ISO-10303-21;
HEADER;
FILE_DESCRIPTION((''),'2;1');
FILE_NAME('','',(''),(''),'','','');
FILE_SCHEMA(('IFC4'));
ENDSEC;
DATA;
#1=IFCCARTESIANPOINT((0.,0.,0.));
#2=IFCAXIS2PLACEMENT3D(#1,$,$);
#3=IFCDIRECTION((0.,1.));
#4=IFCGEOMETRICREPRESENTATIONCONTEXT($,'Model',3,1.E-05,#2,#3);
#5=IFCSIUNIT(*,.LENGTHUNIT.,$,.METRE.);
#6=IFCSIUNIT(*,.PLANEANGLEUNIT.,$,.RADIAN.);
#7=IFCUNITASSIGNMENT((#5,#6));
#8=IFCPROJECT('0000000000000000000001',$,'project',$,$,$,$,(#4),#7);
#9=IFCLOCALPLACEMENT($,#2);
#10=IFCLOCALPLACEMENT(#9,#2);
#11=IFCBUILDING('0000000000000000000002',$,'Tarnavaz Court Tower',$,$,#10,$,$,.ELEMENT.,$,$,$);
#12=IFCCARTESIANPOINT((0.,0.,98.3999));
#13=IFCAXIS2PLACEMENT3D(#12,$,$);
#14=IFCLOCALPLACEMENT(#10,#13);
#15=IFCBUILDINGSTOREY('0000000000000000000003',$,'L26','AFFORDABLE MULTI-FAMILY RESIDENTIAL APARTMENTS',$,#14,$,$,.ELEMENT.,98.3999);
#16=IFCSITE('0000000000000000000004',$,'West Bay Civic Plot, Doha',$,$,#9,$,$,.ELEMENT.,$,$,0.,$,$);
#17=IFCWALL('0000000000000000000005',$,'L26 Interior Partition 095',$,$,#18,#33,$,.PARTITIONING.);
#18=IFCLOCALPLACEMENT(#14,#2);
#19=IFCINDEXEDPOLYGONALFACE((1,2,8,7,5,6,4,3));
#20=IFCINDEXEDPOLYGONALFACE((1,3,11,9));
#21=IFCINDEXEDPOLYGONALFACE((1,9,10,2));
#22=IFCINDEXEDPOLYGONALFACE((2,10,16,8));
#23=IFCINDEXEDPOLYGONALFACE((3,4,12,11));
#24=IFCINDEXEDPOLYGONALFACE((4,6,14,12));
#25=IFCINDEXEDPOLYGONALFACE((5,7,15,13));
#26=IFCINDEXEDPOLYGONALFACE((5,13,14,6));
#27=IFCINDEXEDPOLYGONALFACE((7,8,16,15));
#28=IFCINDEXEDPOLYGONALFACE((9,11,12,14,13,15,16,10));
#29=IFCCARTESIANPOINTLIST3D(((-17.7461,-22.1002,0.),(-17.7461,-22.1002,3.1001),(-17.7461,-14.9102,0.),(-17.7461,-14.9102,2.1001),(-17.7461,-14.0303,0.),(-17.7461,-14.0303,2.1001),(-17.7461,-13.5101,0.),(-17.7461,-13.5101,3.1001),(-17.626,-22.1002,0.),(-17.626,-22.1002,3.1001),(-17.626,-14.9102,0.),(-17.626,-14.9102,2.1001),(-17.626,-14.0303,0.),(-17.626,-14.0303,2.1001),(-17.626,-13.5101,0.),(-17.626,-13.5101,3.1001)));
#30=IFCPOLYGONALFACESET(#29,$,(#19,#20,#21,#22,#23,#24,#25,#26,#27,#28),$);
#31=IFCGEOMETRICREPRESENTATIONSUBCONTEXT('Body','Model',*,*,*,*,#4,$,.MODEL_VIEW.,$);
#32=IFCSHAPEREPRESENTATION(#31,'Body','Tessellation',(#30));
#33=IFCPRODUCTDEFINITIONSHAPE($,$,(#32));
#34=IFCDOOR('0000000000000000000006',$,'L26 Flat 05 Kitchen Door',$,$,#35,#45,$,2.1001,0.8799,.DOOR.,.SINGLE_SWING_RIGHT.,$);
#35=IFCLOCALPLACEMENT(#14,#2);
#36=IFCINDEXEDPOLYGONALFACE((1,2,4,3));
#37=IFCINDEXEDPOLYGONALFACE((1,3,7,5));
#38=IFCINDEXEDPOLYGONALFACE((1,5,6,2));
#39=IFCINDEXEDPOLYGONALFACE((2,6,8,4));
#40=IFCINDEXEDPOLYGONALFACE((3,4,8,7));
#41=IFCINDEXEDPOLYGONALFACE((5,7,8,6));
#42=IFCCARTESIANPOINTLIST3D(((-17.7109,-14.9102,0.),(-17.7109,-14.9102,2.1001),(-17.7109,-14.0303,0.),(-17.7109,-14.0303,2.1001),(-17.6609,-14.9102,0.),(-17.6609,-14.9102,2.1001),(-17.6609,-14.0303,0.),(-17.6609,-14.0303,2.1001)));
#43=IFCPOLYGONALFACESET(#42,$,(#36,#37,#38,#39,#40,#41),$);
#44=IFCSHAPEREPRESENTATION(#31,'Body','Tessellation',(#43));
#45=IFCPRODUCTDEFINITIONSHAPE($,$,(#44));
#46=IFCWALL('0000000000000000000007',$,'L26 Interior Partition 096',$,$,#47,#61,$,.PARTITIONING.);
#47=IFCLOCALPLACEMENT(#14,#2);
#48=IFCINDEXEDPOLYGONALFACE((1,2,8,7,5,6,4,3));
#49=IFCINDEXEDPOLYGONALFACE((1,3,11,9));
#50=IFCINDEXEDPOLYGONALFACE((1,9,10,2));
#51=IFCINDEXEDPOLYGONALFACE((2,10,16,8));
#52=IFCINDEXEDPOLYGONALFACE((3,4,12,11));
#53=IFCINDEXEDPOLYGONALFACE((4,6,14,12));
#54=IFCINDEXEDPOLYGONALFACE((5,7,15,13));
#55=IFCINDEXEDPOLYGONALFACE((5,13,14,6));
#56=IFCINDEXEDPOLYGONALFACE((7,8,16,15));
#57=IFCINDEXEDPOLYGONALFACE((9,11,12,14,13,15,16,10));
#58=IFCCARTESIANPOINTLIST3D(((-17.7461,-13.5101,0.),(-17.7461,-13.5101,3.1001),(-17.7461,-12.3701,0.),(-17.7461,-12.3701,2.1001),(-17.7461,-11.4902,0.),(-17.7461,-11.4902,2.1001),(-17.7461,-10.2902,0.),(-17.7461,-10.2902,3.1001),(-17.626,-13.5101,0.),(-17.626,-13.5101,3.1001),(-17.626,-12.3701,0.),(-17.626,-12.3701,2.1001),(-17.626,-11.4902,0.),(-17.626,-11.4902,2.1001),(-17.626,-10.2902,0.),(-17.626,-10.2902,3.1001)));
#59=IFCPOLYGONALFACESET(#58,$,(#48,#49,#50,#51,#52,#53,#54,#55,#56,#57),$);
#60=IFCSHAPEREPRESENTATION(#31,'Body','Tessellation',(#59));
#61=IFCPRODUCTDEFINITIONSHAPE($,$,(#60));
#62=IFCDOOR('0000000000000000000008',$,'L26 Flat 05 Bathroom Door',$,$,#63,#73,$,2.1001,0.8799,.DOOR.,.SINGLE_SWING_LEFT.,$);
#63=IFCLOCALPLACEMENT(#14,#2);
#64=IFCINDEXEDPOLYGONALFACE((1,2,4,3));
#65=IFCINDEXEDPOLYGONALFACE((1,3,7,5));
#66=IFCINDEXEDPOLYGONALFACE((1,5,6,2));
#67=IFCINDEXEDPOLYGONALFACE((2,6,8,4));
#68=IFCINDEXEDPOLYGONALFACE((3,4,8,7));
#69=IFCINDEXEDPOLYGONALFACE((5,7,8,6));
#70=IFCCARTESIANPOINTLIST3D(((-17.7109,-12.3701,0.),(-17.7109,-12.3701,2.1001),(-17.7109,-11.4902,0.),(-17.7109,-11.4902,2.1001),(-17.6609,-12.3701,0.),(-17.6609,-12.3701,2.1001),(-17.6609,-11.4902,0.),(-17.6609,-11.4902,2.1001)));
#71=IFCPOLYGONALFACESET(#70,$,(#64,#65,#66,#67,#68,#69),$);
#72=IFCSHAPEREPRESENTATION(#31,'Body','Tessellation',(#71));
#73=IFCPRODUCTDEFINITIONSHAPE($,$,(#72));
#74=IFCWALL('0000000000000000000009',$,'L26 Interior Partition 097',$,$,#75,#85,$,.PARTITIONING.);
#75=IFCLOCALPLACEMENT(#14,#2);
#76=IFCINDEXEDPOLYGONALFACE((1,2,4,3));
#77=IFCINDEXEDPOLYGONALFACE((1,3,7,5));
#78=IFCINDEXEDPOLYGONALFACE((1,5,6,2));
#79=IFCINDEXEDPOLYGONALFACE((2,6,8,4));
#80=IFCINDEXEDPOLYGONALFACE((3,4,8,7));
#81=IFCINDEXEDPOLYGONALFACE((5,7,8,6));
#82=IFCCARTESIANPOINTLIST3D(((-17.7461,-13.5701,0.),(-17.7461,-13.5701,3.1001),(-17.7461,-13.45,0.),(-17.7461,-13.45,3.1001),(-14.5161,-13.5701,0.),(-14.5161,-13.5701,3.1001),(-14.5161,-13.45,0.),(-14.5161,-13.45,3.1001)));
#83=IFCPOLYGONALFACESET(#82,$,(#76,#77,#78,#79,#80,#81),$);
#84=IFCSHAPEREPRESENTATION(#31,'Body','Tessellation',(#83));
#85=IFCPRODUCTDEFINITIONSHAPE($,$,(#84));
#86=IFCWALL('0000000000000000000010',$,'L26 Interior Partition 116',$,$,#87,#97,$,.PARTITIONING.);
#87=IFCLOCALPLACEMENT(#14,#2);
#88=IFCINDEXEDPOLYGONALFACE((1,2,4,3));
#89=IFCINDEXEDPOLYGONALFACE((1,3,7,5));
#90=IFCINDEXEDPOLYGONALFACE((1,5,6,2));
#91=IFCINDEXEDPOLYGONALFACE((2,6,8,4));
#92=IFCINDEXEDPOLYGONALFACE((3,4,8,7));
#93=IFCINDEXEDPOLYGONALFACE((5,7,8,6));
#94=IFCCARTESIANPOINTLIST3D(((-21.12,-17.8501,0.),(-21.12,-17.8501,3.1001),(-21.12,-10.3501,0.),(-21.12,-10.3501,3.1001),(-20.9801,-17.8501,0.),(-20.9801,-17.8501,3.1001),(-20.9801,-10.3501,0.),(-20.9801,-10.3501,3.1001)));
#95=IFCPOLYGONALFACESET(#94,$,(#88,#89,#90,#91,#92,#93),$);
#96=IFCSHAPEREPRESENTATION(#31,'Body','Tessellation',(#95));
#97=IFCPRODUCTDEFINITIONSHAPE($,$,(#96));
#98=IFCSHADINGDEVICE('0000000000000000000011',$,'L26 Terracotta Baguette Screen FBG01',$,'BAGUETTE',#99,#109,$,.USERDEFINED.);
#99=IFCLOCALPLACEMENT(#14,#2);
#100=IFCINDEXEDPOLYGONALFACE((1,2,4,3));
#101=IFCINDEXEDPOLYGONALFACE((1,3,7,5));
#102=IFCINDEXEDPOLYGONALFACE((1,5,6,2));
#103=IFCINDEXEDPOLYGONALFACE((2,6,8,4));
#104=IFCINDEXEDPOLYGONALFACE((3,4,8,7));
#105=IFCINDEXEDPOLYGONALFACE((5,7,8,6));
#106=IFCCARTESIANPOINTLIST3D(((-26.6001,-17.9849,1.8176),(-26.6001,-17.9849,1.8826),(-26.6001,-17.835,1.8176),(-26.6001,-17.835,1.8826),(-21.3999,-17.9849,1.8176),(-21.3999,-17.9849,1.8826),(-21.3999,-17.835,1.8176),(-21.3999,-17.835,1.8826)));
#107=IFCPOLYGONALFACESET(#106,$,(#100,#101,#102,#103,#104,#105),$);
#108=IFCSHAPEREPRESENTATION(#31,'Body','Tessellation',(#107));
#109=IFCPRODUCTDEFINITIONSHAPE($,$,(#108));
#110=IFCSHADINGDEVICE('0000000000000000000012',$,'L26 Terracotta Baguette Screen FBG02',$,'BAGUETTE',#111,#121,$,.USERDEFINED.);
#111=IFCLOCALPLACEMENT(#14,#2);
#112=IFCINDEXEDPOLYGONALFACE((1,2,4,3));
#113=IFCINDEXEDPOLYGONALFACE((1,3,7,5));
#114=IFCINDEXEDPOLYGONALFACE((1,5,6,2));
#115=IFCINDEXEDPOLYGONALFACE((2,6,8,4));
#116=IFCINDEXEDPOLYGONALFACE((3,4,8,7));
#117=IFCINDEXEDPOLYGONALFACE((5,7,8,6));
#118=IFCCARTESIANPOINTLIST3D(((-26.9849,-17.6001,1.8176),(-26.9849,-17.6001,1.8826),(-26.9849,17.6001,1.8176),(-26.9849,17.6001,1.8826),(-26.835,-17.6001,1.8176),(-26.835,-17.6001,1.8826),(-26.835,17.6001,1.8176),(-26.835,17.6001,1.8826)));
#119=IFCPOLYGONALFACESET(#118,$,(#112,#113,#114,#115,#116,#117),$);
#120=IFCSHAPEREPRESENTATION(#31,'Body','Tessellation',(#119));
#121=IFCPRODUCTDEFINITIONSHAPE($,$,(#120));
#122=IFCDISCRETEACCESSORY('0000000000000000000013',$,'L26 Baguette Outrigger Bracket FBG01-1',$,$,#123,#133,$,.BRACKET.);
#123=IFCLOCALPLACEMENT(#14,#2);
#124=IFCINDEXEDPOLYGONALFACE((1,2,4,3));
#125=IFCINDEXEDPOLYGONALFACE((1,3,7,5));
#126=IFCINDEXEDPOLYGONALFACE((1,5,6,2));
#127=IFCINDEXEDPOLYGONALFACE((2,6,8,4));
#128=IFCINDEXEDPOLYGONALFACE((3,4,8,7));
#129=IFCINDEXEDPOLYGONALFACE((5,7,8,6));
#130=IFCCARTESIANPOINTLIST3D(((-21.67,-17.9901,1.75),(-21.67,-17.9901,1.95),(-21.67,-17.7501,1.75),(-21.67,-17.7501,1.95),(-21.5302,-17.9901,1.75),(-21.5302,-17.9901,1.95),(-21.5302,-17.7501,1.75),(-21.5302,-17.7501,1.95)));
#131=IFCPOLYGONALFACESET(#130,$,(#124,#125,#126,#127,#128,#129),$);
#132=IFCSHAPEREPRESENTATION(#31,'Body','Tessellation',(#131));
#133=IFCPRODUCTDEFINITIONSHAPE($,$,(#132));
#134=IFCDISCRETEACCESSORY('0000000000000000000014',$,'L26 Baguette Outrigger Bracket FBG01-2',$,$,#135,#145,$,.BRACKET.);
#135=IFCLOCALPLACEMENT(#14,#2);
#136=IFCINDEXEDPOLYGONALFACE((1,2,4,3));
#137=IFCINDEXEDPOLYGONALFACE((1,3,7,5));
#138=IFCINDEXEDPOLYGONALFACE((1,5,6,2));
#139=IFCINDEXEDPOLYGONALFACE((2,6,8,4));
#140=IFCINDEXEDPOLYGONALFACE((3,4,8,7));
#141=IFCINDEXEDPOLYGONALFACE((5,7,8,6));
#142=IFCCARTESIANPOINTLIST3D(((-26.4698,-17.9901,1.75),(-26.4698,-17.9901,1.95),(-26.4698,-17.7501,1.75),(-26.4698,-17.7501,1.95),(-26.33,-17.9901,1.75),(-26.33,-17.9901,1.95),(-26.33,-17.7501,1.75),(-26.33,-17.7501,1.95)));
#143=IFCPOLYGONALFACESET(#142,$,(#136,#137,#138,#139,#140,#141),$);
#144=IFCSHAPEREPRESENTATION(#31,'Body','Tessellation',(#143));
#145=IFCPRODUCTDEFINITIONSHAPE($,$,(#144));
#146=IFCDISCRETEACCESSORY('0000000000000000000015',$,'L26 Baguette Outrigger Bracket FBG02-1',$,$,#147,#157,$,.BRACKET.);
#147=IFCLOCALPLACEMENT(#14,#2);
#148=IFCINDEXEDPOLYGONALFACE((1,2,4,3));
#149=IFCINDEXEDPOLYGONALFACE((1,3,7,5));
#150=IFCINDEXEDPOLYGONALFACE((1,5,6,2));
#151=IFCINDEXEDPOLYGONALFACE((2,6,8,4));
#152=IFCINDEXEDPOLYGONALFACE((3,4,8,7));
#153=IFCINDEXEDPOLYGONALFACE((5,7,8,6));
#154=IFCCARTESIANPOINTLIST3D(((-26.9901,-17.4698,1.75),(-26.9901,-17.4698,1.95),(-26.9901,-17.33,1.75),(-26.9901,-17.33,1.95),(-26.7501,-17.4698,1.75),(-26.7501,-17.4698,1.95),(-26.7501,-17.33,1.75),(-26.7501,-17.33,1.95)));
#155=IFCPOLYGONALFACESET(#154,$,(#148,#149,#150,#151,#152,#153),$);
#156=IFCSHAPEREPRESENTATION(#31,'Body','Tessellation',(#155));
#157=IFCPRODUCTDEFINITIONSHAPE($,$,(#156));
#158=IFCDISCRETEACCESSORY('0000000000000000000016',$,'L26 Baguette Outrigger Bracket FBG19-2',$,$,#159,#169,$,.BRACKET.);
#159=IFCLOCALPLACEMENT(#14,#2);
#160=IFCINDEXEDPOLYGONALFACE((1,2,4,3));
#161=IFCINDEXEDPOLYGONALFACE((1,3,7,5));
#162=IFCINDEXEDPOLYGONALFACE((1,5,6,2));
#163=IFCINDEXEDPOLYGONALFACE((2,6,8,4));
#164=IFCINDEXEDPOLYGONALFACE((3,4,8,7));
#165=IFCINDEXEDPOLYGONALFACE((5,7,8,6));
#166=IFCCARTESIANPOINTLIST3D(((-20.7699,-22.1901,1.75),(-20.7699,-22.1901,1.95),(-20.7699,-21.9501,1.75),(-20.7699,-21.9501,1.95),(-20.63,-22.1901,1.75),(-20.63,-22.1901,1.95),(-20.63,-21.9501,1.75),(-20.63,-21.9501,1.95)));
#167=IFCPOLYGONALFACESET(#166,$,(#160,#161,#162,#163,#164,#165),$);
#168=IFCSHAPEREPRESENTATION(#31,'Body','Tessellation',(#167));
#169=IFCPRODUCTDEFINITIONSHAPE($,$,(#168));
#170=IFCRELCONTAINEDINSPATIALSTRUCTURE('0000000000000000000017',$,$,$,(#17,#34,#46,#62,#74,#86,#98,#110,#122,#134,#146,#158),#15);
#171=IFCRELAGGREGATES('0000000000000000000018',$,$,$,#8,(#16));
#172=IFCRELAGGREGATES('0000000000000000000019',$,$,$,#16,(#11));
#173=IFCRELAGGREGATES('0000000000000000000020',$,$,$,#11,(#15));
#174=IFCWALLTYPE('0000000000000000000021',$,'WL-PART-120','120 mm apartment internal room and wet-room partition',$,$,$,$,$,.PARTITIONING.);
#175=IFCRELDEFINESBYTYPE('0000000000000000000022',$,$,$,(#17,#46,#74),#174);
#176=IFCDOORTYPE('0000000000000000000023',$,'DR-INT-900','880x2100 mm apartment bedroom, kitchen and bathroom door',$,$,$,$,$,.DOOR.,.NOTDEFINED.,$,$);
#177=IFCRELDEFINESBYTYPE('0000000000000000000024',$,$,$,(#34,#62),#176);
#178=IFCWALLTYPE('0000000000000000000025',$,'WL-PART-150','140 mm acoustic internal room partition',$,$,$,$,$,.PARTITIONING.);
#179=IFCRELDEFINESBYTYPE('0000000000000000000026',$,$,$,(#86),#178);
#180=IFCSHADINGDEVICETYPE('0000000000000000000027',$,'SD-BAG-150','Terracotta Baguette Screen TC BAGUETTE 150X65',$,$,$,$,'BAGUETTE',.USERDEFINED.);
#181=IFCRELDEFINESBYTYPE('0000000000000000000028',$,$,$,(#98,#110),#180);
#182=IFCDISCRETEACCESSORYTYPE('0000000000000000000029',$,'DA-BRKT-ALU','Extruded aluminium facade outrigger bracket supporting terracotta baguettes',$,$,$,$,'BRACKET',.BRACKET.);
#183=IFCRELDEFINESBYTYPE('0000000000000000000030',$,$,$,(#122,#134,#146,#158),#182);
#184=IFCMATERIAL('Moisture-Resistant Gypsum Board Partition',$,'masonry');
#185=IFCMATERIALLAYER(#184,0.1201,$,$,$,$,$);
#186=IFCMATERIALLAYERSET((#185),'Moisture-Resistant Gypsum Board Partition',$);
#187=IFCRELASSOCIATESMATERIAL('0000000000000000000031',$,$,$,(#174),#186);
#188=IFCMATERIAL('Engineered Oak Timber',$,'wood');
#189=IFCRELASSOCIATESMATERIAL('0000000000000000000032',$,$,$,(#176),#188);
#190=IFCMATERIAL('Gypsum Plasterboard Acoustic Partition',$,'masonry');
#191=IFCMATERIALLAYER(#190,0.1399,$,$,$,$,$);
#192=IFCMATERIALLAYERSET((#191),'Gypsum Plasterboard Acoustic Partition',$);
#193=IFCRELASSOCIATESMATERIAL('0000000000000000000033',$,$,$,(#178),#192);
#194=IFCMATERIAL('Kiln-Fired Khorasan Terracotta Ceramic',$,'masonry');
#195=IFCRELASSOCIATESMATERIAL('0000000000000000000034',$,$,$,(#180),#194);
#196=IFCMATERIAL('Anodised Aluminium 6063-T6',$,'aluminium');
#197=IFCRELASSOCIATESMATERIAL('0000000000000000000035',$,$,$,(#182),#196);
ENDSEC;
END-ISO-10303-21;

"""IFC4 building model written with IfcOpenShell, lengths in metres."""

from ifc_helpers import new_model, si_unit, direction, frame, frame_2d, origin, origin_2d, place, context, subcontext, project, spatial, rectangle, extrude, material, layer, layer_set, material_profile, profile_set, type_object, element, fill, save


model = new_model("IFC4")

# Units and contexts
model_context = context("Model", 3, precision=1e-05, world=origin(), true_north=direction((0.0, 1.0)))
body_context = subcontext(model_context, "Body", "Model", "MODEL_VIEW")
ifc_project = project(units=[si_unit("LENGTHUNIT", "METRE"), si_unit("PLANEANGLEUNIT", "RADIAN")], contexts=[model_context])

# Site, building, storey
site_placement = place(None, origin())
site = spatial("IfcSite", under=ifc_project, at=site_placement, Name="West Bay Civic Plot, Doha", CompositionType="ELEMENT", RefElevation=0.0)
building_placement = place(site_placement, origin())
building = spatial("IfcBuilding", under=site, at=building_placement, Name="Tarnavaz Court Tower", CompositionType="ELEMENT")
storey_placement = place(building_placement, frame((0.0, 0.0, 98.3999)))
storey = spatial("IfcBuildingStorey", under=building, at=storey_placement, Name="L26", Description="AFFORDABLE MULTI-FAMILY RESIDENTIAL APARTMENTS", CompositionType="ELEMENT", Elevation=98.3999)

# Walls, openings, doors
ifc_material_1 = material(Name="Moisture-Resistant Gypsum Board Partition", Category="masonry")
ifc_layer_1 = layer(ifc_material_1, 0.1201)
ifc_layer_set_1 = layer_set([ifc_layer_1], Name="Moisture-Resistant Gypsum Board Partition")
wall_type_1 = type_object("IfcWallType", Name="WL-PART-120", Description="120 mm apartment internal room and wet-room partition", PredefinedType="PARTITIONING", material=ifc_layer_set_1)
wall_1_placement = place(storey_placement, frame((-17.686, -22.1001, 0.0), z_axis=(0.0, 0.0, 1.0), x_axis=(0.0, 1.0, 0.0)))
wall_1 = element("IfcWall", 1, at=wall_1_placement, inside=storey, type_object=wall_type_1, Name="L26 Interior Partition 095", PredefinedType="PARTITIONING", context=body_context, shape_type="SweptSolid", body=[
    extrude(rectangle(XDim=8.5901, YDim=0.1201, at=frame_2d((4.2949, 0.0))), origin(), (0.0, 0.0, 1.0), 3.1001),
])
opening_1_placement = place(wall_1_placement, frame((7.1899, 0.0, 0.0)))
opening_1 = element("IfcOpeningElement", 2, at=opening_1_placement, cuts=wall_1, PredefinedType="OPENING", context=body_context, shape_type="SweptSolid", body=[
    extrude(rectangle(XDim=0.8799, YDim=2.1001, at=frame_2d((0.4399, 1.05))), frame((0.0, 0.0701, 0.0), z_axis=(0.0, -1.0, 0.0), x_axis=(1.0, 0.0, 0.0)), (0.0, 0.0, 1.0), 0.1401),
])
ifc_material_2 = material(Name="Engineered Oak Timber", Category="wood")
door_type = type_object("IfcDoorType", Name="DR-INT-900", Description="880x2100 mm apartment bedroom, kitchen and bathroom door", OperationType="NOTDEFINED", PredefinedType="DOOR", material=ifc_material_2)
door_1_placement = place(opening_1_placement, origin())
door_1 = element("IfcDoor", 3, at=door_1_placement, inside=storey, type_object=door_type, Name="L26 Flat 05 Kitchen Door", OperationType="SINGLE_SWING_RIGHT", OverallHeight=2.1001, OverallWidth=0.8799, PredefinedType="DOOR", context=body_context, shape_type="SweptSolid", body=[
    extrude(rectangle(XDim=0.8799, YDim=2.1001, at=frame_2d((0.4399, 1.05))), frame((0.0, 0.0249, 0.0), z_axis=(0.0, -1.0, 0.0), x_axis=(1.0, 0.0, 0.0)), (0.0, 0.0, 1.0), 0.05),
])
fill(opening_1, door_1)
wall_2_placement = place(storey_placement, frame((-17.686, -13.51, 0.0), z_axis=(0.0, 0.0, 1.0), x_axis=(0.0, 1.0, 0.0)))
wall_2 = element("IfcWall", 4, at=wall_2_placement, inside=storey, type_object=wall_type_1, Name="L26 Interior Partition 096", PredefinedType="PARTITIONING", context=body_context, shape_type="SweptSolid", body=[
    extrude(rectangle(XDim=3.22, YDim=0.1201, at=frame_2d((1.6099, 0.0))), origin(), (0.0, 0.0, 1.0), 3.1001),
])
opening_2_placement = place(wall_2_placement, frame((1.1399, 0.0, 0.0)))
opening_2 = element("IfcOpeningElement", 5, at=opening_2_placement, cuts=wall_2, PredefinedType="OPENING", context=body_context, shape_type="SweptSolid", body=[
    extrude(rectangle(XDim=0.8799, YDim=2.1001, at=frame_2d((0.4399, 1.05))), frame((0.0, 0.0701, 0.0), z_axis=(0.0, -1.0, 0.0), x_axis=(1.0, 0.0, 0.0)), (0.0, 0.0, 1.0), 0.1401),
])
door_2_placement = place(opening_2_placement, origin())
door_2 = element("IfcDoor", 6, at=door_2_placement, inside=storey, type_object=door_type, Name="L26 Flat 05 Bathroom Door", OperationType="SINGLE_SWING_LEFT", OverallHeight=2.1001, OverallWidth=0.8799, PredefinedType="DOOR", context=body_context, shape_type="SweptSolid", body=[
    extrude(rectangle(XDim=0.8799, YDim=2.1001, at=frame_2d((0.4399, 1.05))), frame((0.0, 0.0249, 0.0), z_axis=(0.0, -1.0, 0.0), x_axis=(1.0, 0.0, 0.0)), (0.0, 0.0, 1.0), 0.05),
])
fill(opening_2, door_2)

# Walls
wall_3_placement = place(storey_placement, frame((-17.7461, -13.51, 0.0), z_axis=(0.0, 0.0, 1.0), x_axis=(1.0, 0.0, 0.0)))
element("IfcWall", 7, at=wall_3_placement, inside=storey, type_object=wall_type_1, Name="L26 Interior Partition 097", PredefinedType="PARTITIONING", context=body_context, shape_type="SweptSolid", body=[
    extrude(rectangle(XDim=3.23, YDim=0.1201, at=frame_2d((1.615, 0.0))), origin(), (0.0, 0.0, 1.0), 3.1001),
])
ifc_material_3 = material(Name="Gypsum Plasterboard Acoustic Partition", Category="masonry")
ifc_layer_2 = layer(ifc_material_3, 0.1399)
ifc_layer_set_2 = layer_set([ifc_layer_2], Name="Gypsum Plasterboard Acoustic Partition")
wall_type_2 = type_object("IfcWallType", Name="WL-PART-150", Description="140 mm acoustic internal room partition", PredefinedType="PARTITIONING", material=ifc_layer_set_2)
wall_4_placement = place(storey_placement, frame((-21.05, -17.8501, 0.0), z_axis=(0.0, 0.0, 1.0), x_axis=(0.0, 1.0, 0.0)))
element("IfcWall", 8, at=wall_4_placement, inside=storey, type_object=wall_type_2, Name="L26 Interior Partition 116", PredefinedType="PARTITIONING", context=body_context, shape_type="SweptSolid", body=[
    extrude(rectangle(XDim=7.5, YDim=0.1399, at=frame_2d((3.75, 0.0))), origin(), (0.0, 0.0, 1.0), 3.1001),
])

# Shading devices
ifc_material_4 = material(Name="Kiln-Fired Khorasan Terracotta Ceramic", Category="masonry")
ifc_material_profile_1 = material_profile(ifc_material_4, rectangle(XDim=0.1499, YDim=0.0649, at=origin_2d()), Name="TC BAGUETTE 150X65")
ifc_profile_set_1 = profile_set([ifc_material_profile_1], Name="Kiln-Fired Khorasan Terracotta Ceramic")
shading_device_type = type_object("IfcShadingDeviceType", Name="SD-BAG-150", Description="Terracotta Baguette Screen TC BAGUETTE 150X65", ElementType="BAGUETTE", PredefinedType="USERDEFINED", material=ifc_profile_set_1)
shading_device_1_placement = place(storey_placement, frame((-21.3999, -17.9099, 1.8501), z_axis=(-1.0, 0.0, 0.0), x_axis=(0.0, -1.0, 0.0)))
element("IfcShadingDevice", 9, at=shading_device_1_placement, inside=storey, type_object=shading_device_type, Name="L26 Terracotta Baguette Screen FBG01", ObjectType="BAGUETTE", PredefinedType="USERDEFINED", context=body_context, shape_type="SweptSolid", body=[
    extrude(rectangle(XDim=0.1499, YDim=0.0649, at=origin_2d()), origin(), (0.0, 0.0, 1.0), 5.2002),
])
shading_device_2_placement = place(storey_placement, frame((-26.9099, -17.6001, 1.8501), z_axis=(0.0, 1.0, 0.0), x_axis=(-1.0, 0.0, 0.0)))
element("IfcShadingDevice", 10, at=shading_device_2_placement, inside=storey, type_object=shading_device_type, Name="L26 Terracotta Baguette Screen FBG02", ObjectType="BAGUETTE", PredefinedType="USERDEFINED", context=body_context, shape_type="SweptSolid", body=[
    extrude(rectangle(XDim=0.1499, YDim=0.0649, at=origin_2d()), origin(), (0.0, 0.0, 1.0), 35.2002),
])

# Discrete accessories
ifc_material_5 = material(Name="Anodised Aluminium 6063-T6", Category="aluminium")
discrete_accessory_type = type_object("IfcDiscreteAccessoryType", Name="DA-BRKT-ALU", Description="Extruded aluminium facade outrigger bracket supporting terracotta baguettes", ElementType="BRACKET", PredefinedType="BRACKET", material=ifc_material_5)
for number, where, z_axis, x_axis, name in (
    (11, (-21.6001, -17.8701, 1.75), (0.0, 0.0, 1.0), (-1.0, 0.0, 0.0), "L26 Baguette Outrigger Bracket FBG01-1"),
    (12, (-26.3999, -17.8701, 1.75), (0.0, 0.0, 1.0), (-1.0, 0.0, 0.0), "L26 Baguette Outrigger Bracket FBG01-2"),
    (13, (-26.8701, -17.3999, 1.75), (0.0, 0.0, 1.0), (0.0, 1.0, 0.0), "L26 Baguette Outrigger Bracket FBG02-1"),
    (14, (-20.7, -22.0701, 1.75), (0.0, 0.0, 1.0), (-1.0, 0.0, 0.0), "L26 Baguette Outrigger Bracket FBG19-2"),
):
    element("IfcDiscreteAccessory", number, at=place(storey_placement, frame(where, z_axis=z_axis, x_axis=x_axis)), inside=storey, type_object=discrete_accessory_type, Name=name, PredefinedType="BRACKET", context=body_context, shape_type="SweptSolid", body=[
        extrude(rectangle(XDim=0.1399, YDim=0.24, at=origin_2d()), origin(), (0.0, 0.0, 1.0), 0.2),
    ])

save(model, "model.ifc")
